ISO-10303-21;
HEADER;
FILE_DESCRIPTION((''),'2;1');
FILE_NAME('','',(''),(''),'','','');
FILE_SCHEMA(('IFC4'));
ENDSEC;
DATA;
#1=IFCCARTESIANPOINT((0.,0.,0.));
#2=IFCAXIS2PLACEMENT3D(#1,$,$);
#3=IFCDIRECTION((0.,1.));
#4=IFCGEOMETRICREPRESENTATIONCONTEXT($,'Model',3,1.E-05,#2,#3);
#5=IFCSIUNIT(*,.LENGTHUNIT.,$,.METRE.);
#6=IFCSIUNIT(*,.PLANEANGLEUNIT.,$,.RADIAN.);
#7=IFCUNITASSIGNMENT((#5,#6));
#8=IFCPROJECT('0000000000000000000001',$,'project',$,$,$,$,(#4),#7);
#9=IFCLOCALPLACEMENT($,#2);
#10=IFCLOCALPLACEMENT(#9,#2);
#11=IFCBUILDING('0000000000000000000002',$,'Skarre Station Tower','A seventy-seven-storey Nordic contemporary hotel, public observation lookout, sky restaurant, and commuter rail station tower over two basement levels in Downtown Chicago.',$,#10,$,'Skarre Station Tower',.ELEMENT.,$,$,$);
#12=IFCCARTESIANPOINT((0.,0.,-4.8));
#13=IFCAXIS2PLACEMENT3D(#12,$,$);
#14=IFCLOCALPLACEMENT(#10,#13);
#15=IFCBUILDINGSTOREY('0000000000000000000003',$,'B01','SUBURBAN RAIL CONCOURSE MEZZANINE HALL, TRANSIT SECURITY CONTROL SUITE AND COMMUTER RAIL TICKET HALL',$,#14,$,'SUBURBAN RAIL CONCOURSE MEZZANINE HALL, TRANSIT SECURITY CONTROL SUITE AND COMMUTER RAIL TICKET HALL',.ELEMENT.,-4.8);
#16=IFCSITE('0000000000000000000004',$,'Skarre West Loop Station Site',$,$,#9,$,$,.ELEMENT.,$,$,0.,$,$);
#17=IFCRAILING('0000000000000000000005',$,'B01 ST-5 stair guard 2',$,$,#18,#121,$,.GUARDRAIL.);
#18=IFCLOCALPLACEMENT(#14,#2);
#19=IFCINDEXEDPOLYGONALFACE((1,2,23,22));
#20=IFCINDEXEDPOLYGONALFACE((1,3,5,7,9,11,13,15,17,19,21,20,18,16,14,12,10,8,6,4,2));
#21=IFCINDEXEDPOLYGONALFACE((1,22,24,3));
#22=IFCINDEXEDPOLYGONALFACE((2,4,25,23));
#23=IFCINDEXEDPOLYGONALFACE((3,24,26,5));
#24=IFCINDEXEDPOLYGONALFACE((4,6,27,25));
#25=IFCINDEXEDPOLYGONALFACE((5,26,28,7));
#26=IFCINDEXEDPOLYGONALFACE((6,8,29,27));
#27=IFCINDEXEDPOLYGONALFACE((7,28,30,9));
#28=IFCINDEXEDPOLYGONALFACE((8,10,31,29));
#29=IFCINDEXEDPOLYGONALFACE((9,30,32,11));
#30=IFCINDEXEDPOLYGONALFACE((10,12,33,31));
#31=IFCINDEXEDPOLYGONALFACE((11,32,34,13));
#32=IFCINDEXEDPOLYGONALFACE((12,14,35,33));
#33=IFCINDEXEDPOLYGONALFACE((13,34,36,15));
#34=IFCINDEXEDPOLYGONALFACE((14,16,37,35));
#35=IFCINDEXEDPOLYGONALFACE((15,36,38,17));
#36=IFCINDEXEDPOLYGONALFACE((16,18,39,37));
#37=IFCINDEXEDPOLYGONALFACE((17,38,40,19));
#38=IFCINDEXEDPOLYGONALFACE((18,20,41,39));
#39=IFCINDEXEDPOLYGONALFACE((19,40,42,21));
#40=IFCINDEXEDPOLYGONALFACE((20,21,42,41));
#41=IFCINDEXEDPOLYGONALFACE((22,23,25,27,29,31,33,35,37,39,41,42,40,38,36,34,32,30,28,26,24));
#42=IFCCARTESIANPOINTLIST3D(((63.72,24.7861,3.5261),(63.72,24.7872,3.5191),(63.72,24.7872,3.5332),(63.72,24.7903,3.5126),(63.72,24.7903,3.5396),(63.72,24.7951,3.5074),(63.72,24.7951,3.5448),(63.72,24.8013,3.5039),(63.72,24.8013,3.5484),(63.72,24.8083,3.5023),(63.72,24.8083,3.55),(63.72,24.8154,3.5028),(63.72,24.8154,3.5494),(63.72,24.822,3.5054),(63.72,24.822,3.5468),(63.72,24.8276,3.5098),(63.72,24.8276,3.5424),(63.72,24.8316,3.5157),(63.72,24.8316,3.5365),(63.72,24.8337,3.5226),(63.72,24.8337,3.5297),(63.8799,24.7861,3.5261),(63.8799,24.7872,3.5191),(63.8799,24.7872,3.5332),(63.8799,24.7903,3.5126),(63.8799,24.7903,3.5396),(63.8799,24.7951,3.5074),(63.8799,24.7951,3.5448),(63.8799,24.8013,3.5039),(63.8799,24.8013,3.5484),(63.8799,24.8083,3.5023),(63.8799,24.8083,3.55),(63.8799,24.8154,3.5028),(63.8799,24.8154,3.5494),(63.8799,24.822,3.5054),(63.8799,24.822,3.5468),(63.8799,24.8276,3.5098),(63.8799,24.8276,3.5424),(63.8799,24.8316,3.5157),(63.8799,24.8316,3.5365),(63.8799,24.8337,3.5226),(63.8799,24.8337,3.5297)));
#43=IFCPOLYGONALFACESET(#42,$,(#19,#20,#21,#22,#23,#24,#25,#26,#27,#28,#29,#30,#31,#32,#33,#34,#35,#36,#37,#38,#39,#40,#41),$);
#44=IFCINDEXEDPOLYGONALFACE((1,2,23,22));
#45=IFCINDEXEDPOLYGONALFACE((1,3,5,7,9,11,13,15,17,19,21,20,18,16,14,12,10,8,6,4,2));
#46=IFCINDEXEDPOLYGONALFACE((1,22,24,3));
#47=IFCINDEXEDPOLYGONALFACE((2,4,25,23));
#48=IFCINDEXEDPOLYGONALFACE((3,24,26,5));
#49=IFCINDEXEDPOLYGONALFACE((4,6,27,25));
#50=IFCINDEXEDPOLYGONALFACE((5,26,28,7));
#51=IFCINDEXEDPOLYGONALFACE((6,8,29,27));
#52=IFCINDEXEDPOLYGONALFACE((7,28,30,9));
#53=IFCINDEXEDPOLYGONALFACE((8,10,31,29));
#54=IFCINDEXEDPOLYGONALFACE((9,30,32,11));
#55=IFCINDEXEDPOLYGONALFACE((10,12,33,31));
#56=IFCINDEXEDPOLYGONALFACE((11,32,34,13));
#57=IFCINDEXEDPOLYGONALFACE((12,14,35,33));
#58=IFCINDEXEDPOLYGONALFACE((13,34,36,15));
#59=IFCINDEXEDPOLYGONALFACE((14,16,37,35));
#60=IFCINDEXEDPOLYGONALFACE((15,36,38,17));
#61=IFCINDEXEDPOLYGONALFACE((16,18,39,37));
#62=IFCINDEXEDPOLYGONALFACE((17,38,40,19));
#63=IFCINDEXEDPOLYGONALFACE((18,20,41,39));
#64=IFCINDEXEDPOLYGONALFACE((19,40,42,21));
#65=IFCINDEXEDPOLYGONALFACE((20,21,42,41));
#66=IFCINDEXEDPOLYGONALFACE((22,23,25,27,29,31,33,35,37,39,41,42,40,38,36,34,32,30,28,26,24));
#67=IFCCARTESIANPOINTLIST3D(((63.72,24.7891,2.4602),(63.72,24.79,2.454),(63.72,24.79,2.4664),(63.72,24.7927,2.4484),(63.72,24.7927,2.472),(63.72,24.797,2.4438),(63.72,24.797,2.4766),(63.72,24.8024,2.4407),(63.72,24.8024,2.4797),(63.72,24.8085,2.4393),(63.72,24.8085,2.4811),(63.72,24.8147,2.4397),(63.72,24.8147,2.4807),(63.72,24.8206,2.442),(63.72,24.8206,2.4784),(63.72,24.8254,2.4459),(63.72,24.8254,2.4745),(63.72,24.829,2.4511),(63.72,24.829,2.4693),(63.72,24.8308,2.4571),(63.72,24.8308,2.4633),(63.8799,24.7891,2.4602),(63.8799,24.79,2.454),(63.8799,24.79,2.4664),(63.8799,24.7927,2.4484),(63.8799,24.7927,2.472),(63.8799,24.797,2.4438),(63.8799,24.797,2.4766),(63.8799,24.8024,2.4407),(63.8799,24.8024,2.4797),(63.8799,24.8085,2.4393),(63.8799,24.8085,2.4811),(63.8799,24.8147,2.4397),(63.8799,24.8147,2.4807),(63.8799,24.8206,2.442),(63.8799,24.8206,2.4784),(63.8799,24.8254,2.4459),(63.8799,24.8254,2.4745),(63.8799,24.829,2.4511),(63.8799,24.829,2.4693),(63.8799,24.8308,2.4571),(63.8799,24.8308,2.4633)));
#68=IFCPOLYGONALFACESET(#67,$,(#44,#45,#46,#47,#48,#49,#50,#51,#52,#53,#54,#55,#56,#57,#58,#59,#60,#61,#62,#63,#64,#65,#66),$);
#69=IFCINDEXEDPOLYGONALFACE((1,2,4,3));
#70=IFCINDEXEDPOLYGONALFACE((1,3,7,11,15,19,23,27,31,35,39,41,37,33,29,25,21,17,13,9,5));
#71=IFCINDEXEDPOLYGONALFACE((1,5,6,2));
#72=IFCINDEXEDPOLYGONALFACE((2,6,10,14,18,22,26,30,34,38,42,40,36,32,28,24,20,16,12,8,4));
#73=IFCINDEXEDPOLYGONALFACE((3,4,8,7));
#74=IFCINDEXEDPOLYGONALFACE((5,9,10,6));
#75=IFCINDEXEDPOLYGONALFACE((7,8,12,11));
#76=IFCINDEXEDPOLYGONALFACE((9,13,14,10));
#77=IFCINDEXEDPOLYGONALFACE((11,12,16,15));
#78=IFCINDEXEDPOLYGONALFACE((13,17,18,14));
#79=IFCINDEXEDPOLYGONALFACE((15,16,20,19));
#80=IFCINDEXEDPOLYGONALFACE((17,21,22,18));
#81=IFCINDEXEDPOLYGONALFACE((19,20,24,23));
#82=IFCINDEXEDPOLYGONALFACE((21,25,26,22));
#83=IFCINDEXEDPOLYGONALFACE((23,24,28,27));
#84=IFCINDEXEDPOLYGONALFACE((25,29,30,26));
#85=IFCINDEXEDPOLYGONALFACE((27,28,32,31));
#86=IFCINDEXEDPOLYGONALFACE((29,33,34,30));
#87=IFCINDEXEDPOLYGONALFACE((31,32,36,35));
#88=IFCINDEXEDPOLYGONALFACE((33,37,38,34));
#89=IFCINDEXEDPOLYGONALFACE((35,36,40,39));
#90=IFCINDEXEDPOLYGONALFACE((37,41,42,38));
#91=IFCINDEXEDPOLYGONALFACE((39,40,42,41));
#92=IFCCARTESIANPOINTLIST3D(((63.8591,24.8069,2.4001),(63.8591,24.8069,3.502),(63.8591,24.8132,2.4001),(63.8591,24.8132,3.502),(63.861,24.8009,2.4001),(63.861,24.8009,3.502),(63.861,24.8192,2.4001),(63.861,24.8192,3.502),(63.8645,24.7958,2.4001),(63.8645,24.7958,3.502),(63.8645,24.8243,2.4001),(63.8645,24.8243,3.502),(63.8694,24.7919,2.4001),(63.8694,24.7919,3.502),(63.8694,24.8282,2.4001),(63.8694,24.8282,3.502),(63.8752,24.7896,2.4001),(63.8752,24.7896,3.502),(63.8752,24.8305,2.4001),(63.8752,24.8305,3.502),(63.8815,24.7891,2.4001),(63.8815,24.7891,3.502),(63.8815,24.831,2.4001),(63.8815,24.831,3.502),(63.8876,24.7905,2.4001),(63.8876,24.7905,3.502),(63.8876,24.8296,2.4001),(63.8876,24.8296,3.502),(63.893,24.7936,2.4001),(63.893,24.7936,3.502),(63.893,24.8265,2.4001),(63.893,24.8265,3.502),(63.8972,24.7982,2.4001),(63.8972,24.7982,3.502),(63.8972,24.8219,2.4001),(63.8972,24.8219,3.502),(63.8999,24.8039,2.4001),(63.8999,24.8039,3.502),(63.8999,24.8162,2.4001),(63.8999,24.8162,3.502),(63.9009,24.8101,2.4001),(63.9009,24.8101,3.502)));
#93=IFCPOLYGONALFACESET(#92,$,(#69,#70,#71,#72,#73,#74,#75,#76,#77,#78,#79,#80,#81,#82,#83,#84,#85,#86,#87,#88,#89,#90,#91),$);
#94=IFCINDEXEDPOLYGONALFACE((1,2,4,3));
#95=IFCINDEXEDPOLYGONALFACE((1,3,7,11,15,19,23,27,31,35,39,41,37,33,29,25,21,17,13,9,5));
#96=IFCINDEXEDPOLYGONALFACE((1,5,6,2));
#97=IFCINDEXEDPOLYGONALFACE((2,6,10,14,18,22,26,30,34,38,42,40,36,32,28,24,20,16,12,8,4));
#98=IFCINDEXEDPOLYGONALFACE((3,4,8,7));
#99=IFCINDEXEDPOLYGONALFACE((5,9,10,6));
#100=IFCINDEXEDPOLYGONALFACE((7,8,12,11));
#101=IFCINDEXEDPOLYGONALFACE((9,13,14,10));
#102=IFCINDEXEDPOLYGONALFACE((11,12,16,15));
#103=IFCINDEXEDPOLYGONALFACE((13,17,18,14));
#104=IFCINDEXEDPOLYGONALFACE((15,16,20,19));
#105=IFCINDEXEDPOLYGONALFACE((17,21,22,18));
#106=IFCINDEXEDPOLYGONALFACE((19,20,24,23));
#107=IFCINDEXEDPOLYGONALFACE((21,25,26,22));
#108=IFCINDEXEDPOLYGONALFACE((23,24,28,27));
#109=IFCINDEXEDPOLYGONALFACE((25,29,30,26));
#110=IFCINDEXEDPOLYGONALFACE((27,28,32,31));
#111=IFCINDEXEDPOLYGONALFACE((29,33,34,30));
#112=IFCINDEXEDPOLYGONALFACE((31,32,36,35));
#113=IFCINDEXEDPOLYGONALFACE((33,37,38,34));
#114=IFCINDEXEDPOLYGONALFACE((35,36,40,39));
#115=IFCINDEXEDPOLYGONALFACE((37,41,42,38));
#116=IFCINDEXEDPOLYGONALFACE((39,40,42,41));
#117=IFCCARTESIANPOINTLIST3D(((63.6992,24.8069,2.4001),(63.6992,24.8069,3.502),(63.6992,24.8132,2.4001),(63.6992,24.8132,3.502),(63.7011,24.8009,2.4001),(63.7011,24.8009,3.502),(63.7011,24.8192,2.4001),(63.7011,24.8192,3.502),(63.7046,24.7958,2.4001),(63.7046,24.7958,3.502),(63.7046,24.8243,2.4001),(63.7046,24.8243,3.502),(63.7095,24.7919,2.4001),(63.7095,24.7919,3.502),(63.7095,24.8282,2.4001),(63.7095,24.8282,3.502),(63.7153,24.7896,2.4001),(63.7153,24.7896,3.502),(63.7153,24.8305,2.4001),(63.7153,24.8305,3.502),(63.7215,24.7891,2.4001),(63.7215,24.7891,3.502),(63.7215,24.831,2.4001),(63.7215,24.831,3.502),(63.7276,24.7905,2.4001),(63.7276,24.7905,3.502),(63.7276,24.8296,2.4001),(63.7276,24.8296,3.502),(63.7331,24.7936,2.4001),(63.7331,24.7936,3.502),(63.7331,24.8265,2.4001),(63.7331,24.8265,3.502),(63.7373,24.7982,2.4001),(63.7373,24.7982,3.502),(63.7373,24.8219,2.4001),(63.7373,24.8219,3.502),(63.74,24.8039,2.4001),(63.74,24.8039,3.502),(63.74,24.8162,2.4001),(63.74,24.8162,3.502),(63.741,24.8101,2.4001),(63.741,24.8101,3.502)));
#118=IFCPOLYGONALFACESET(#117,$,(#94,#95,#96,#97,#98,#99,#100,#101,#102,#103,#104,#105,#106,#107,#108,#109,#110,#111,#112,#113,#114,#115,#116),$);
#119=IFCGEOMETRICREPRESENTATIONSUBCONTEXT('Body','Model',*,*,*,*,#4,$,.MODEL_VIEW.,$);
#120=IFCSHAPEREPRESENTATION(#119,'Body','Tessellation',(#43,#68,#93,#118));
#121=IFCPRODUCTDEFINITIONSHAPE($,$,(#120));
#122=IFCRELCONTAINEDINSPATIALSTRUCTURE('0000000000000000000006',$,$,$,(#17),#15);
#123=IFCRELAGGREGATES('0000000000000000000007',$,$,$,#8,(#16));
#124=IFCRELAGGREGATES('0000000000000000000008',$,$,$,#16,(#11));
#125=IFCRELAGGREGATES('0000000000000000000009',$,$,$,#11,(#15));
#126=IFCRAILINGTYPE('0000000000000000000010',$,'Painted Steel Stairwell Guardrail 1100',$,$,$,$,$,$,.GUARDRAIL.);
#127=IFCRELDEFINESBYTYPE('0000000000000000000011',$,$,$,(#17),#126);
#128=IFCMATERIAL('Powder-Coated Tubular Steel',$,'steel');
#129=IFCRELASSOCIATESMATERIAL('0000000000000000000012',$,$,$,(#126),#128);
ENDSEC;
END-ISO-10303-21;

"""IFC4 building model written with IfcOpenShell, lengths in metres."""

from ifc_helpers import new_model, si_unit, direction, frame, origin, origin_2d, place, context, subcontext, project, spatial, circle, extrude, material, type_object, element, save


model = new_model("IFC4")

# Units and contexts
model_context = context("Model", 3, precision=1e-05, world=origin(), true_north=direction((0.0, 1.0)))
body_context = subcontext(model_context, "Body", "Model", "MODEL_VIEW")
ifc_project = project(units=[si_unit("LENGTHUNIT", "METRE"), si_unit("PLANEANGLEUNIT", "RADIAN")], contexts=[model_context])

# Site, building, storey
site_placement = place(None, origin())
site = spatial("IfcSite", under=ifc_project, at=site_placement, Name="Skarre West Loop Station Site", CompositionType="ELEMENT", RefElevation=0.0)
building_placement = place(site_placement, origin())
building = spatial("IfcBuilding", under=site, at=building_placement, Name="Skarre Station Tower", Description="A seventy-seven-storey Nordic contemporary hotel, public observation lookout, sky restaurant, and commuter rail station tower over two basement levels in Downtown Chicago.", LongName="Skarre Station Tower", CompositionType="ELEMENT")
storey_placement = place(building_placement, frame((0.0, 0.0, -4.8)))
storey = spatial("IfcBuildingStorey", under=building, at=storey_placement, Name="B01", Description="SUBURBAN RAIL CONCOURSE MEZZANINE HALL, TRANSIT SECURITY CONTROL SUITE AND COMMUTER RAIL TICKET HALL", LongName="SUBURBAN RAIL CONCOURSE MEZZANINE HALL, TRANSIT SECURITY CONTROL SUITE AND COMMUTER RAIL TICKET HALL", CompositionType="ELEMENT", Elevation=-4.8)

# Railing
ifc_material_1 = material(Name="Powder-Coated Tubular Steel", Category="steel")
railing_type_1 = type_object("IfcRailingType", Name="Painted Steel Stairwell Guardrail 1100", PredefinedType="GUARDRAIL", material=ifc_material_1)
railing_1_placement = place(storey_placement, frame((63.8799, 24.8101, 2.4001)))
element("IfcRailing", 1, at=railing_1_placement, inside=storey, type_object=railing_type_1, Name="B01 ST-5 stair guard 2", PredefinedType="GUARDRAIL", context=body_context, shape_type="SweptSolid", body=[
    extrude(circle(Radius=0.0239, at=origin_2d()), frame((0.0, 0.0, 1.126), z_axis=(-1.0, 0.0, 0.0), x_axis=(0.0, -1.0, 0.0)), (0.0, 0.0, 1.0), 0.1599),
    extrude(circle(Radius=0.021, at=origin_2d()), frame((0.0, 0.0, 0.0601), z_axis=(-1.0, 0.0, 0.0), x_axis=(0.0, -1.0, 0.0)), (0.0, 0.0, 1.0), 0.1599),
    extrude(circle(Radius=0.021, at=origin_2d()), origin(), (0.0, 0.0, 1.0), 1.1018),
    extrude(circle(Radius=0.021, at=origin_2d()), frame((-0.1599, 0.0, 0.0)), (0.0, 0.0, 1.0), 1.1018),
])

save(model, "model.ifc")
